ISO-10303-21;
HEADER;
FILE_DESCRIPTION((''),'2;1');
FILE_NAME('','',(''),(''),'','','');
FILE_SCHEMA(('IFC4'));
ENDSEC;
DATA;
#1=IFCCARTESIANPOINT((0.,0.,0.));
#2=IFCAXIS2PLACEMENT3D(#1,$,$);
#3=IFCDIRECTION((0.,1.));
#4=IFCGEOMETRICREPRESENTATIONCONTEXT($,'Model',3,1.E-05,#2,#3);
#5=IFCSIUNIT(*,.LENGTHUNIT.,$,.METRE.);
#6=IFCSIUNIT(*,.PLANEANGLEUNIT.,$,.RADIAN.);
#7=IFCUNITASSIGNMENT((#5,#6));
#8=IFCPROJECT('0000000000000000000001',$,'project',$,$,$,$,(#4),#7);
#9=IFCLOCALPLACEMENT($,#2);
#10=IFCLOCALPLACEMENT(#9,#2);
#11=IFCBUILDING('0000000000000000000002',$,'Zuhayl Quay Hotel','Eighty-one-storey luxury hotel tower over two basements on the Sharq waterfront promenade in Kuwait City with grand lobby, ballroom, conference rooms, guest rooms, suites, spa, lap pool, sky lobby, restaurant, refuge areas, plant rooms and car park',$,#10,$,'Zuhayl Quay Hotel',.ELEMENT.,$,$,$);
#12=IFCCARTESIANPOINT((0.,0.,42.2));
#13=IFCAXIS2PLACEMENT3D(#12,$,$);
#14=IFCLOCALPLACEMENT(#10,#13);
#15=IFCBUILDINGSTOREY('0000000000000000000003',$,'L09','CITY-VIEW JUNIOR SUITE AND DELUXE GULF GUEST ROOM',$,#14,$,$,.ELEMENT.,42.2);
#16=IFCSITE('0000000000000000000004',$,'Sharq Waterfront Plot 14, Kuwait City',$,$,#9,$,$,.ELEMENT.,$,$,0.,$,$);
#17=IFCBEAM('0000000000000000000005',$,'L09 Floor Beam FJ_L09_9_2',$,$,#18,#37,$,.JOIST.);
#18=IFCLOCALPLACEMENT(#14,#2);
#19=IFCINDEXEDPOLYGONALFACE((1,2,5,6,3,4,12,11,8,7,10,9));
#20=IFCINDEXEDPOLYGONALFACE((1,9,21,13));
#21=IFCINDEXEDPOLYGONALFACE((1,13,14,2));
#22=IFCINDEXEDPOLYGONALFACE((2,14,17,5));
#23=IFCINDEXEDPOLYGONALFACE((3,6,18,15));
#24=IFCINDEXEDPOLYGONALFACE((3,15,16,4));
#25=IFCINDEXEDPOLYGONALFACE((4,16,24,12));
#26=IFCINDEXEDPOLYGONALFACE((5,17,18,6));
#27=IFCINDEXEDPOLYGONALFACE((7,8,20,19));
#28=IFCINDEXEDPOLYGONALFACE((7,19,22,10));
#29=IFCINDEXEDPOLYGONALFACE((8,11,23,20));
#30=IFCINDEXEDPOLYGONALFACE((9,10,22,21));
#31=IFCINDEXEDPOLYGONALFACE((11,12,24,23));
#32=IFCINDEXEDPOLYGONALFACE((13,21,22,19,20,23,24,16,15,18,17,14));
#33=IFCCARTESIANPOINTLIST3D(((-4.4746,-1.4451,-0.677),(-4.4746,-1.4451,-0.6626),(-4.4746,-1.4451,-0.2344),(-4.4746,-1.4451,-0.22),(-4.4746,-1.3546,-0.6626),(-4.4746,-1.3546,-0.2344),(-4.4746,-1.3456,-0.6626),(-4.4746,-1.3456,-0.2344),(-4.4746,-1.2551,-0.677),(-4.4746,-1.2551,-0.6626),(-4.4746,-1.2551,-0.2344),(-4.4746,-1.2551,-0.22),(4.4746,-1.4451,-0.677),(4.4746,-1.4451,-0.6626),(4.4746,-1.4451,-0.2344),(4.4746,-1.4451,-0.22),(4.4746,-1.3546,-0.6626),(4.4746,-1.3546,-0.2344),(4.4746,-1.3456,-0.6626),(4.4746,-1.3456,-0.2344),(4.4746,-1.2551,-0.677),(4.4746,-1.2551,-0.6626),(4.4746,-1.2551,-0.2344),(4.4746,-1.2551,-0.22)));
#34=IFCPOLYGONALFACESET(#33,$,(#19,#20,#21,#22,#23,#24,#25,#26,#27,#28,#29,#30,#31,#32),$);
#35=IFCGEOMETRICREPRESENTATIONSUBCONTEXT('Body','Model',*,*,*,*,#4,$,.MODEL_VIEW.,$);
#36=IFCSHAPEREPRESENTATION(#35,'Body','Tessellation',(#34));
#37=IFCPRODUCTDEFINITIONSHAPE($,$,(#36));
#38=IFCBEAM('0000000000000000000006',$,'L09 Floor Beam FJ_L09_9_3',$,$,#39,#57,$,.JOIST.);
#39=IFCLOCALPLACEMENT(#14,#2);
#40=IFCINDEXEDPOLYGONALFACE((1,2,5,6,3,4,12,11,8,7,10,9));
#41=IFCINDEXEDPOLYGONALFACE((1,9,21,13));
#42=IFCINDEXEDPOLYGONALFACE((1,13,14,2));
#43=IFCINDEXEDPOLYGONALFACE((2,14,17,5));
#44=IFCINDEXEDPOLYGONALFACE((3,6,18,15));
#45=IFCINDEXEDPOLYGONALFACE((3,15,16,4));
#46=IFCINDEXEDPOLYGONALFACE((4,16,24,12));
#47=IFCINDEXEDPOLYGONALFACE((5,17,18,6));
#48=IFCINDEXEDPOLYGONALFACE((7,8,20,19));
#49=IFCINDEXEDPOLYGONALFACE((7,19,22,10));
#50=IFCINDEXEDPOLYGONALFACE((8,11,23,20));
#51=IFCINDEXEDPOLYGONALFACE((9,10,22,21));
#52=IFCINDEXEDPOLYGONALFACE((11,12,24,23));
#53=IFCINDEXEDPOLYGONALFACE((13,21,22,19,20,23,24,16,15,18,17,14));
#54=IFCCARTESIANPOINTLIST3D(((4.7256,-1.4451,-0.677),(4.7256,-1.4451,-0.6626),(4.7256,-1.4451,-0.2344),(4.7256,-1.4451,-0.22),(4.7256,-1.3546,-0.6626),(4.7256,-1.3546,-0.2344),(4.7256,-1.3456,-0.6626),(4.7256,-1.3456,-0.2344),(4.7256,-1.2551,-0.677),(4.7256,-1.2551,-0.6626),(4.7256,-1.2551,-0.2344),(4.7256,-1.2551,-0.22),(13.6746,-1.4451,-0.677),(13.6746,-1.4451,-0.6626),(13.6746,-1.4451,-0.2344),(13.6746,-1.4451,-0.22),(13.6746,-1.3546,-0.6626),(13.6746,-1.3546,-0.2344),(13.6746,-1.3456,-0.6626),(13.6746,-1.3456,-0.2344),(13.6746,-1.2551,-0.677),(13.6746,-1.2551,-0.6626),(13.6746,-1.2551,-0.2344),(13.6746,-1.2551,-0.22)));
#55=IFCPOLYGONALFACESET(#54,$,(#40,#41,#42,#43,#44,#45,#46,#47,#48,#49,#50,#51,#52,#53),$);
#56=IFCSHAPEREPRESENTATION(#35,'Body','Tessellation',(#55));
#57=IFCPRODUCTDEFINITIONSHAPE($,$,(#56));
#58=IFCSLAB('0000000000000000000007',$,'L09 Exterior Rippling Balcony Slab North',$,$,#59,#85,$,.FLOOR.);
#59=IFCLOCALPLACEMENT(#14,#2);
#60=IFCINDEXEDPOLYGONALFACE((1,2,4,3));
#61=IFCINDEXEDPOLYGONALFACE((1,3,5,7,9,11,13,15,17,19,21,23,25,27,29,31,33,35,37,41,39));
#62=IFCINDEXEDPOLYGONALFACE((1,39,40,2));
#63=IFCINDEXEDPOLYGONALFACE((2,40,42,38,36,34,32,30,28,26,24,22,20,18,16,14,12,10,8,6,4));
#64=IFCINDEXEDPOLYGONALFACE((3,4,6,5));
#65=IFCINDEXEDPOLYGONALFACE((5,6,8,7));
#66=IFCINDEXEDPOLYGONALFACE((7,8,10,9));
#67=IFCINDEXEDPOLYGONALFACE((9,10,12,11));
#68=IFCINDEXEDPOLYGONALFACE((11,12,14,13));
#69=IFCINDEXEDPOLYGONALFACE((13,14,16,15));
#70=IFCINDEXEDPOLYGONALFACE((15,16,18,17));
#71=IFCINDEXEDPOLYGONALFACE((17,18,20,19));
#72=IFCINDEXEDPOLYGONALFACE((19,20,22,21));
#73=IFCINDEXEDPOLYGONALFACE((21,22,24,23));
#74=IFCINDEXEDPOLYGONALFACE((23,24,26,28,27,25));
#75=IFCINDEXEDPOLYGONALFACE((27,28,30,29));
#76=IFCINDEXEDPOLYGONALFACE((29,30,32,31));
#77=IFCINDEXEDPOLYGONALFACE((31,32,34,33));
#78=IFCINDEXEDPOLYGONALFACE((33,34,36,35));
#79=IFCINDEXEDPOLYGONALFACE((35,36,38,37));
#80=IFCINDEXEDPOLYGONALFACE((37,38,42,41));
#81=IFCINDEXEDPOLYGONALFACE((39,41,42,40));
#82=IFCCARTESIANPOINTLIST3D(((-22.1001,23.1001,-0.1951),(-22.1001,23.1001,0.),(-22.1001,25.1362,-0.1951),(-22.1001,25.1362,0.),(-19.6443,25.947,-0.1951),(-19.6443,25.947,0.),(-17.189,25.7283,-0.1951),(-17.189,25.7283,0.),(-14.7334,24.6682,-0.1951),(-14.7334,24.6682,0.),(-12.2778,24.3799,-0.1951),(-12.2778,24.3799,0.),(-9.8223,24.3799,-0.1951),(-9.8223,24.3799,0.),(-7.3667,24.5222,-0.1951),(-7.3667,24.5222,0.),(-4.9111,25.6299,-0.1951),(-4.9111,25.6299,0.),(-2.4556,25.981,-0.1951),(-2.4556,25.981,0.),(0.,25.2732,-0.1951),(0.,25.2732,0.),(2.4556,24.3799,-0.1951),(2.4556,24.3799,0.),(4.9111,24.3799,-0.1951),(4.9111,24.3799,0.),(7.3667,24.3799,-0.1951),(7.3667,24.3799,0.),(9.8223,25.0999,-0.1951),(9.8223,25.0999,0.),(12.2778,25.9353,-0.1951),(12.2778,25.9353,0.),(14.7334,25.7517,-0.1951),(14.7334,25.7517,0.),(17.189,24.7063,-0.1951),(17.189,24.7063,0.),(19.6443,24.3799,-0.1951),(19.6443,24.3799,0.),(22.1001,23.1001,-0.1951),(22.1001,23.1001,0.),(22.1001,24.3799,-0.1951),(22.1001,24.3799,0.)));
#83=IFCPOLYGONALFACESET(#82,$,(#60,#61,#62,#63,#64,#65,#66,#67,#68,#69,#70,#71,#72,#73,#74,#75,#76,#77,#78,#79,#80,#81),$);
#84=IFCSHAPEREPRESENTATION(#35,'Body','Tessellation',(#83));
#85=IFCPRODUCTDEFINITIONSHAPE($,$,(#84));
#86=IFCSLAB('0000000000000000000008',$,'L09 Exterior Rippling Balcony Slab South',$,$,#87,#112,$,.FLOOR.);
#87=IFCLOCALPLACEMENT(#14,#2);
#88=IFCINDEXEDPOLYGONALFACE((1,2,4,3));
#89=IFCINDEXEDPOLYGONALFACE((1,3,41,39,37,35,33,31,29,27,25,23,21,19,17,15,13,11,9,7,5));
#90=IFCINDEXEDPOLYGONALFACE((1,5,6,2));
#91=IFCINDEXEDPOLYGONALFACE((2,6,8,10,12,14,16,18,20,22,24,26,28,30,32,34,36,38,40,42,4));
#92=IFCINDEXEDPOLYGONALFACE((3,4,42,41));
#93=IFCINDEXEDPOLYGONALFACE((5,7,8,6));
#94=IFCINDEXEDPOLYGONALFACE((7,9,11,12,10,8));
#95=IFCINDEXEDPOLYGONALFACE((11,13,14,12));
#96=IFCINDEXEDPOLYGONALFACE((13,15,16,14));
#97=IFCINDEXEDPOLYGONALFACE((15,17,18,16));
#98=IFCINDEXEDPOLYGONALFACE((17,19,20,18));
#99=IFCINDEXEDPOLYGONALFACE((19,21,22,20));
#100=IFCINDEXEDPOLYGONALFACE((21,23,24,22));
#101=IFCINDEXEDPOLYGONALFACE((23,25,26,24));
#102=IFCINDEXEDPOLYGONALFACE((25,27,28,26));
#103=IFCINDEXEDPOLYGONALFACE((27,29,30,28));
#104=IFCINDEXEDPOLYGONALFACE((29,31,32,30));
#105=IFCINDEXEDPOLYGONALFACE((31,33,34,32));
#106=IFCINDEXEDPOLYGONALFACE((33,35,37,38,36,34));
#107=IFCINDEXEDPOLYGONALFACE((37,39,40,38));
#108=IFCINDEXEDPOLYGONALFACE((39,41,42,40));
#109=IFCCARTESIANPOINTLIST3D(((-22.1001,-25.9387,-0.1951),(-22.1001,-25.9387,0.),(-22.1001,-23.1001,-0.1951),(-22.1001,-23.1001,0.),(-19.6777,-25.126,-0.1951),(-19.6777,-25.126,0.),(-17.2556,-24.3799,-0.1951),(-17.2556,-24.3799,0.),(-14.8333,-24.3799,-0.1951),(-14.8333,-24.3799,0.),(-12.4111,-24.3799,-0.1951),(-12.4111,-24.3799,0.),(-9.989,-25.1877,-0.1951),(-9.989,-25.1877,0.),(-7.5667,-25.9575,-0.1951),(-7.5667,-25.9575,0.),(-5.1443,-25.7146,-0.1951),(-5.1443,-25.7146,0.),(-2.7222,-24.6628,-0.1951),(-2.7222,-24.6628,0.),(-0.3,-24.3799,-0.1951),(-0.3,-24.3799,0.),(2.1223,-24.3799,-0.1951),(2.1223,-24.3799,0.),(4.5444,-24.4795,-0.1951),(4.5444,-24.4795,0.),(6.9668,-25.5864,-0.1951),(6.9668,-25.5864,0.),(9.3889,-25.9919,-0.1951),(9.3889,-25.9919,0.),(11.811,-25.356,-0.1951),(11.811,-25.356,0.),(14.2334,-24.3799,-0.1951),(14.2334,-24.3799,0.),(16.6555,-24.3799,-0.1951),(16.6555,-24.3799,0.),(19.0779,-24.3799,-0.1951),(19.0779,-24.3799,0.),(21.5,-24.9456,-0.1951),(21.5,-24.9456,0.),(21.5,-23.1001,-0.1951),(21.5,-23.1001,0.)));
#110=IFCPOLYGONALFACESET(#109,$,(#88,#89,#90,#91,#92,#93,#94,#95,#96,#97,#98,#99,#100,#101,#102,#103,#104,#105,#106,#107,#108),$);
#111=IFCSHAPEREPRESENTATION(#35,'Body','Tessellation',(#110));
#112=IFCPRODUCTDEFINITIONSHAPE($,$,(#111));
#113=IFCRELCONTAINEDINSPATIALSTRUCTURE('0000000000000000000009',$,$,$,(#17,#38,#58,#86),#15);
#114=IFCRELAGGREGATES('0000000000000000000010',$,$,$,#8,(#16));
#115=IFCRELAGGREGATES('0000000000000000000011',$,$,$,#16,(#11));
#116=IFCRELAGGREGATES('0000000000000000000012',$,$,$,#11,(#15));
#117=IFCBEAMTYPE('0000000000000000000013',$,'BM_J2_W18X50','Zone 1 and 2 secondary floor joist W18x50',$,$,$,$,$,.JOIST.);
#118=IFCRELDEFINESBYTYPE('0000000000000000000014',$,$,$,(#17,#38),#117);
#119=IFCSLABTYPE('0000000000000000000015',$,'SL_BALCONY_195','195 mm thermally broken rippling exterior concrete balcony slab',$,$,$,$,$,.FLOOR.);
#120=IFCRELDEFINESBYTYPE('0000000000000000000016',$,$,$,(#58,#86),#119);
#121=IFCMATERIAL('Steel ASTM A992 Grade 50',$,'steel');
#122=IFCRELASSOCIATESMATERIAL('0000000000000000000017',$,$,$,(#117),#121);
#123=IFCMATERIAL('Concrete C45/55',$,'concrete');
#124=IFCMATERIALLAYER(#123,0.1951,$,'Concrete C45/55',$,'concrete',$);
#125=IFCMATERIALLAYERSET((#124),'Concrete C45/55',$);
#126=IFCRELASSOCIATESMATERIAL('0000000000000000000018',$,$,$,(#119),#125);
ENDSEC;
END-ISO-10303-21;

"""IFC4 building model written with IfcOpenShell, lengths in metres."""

from ifc_helpers import new_model, si_unit, direction, frame, origin, origin_2d, place, context, subcontext, project, spatial, polyline, i_section, outline, extrude, material, layer, layer_set, material_profile, profile_set, type_object, element, save


model = new_model("IFC4")

# Units and contexts
model_context = context("Model", 3, precision=1e-05, world=origin(), true_north=direction((0.0, 1.0)))
body_context = subcontext(model_context, "Body", "Model", "MODEL_VIEW")
ifc_project = project(units=[si_unit("LENGTHUNIT", "METRE"), si_unit("PLANEANGLEUNIT", "RADIAN")], contexts=[model_context])

# Site, building, storey
site_placement = place(None, origin())
site = spatial("IfcSite", under=ifc_project, at=site_placement, Name="Sharq Waterfront Plot 14, Kuwait City", CompositionType="ELEMENT", RefElevation=0.0)
building_placement = place(site_placement, origin())
building = spatial("IfcBuilding", under=site, at=building_placement, Name="Zuhayl Quay Hotel", Description="Eighty-one-storey luxury hotel tower over two basements on the Sharq waterfront promenade in Kuwait City with grand lobby, ballroom, conference rooms, guest rooms, suites, spa, lap pool, sky lobby, restaurant, refuge areas, plant rooms and car park", LongName="Zuhayl Quay Hotel", CompositionType="ELEMENT")
storey_placement = place(building_placement, frame((0.0, 0.0, 42.2)))
storey = spatial("IfcBuildingStorey", under=building, at=storey_placement, Name="L09", Description="CITY-VIEW JUNIOR SUITE AND DELUXE GULF GUEST ROOM", CompositionType="ELEMENT", Elevation=42.2)

# Beams
ifc_material_1 = material(Name="Steel ASTM A992 Grade 50", Category="steel")
ifc_material_profile = material_profile(ifc_material_1, i_section(OverallWidth=0.1899, OverallDepth=0.457, WebThickness=0.009, FlangeThickness=0.0144, at=origin_2d()), Name="W18X50")
ifc_profile_set = profile_set([ifc_material_profile], Name="Steel ASTM A992 Grade 50")
beam_type = type_object("IfcBeamType", Name="BM_J2_W18X50", Description="Zone 1 and 2 secondary floor joist W18x50", PredefinedType="JOIST", material=ifc_profile_set)
beam_1_placement = place(storey_placement, frame((-4.4746, -1.3501, -0.4485), z_axis=(1.0, 0.0, 0.0), x_axis=(0.0, 1.0, 0.0)))
element("IfcBeam", 1, at=beam_1_placement, inside=storey, type_object=beam_type, Name="L09 Floor Beam FJ_L09_9_2", PredefinedType="JOIST", context=body_context, shape_type="SweptSolid", body=[
    extrude(i_section(OverallWidth=0.1899, OverallDepth=0.457, WebThickness=0.009, FlangeThickness=0.0144, at=origin_2d()), origin(), (0.0, 0.0, 1.0), 8.9492),
])
beam_2_placement = place(storey_placement, frame((4.7256, -1.3501, -0.4485), z_axis=(1.0, 0.0, 0.0), x_axis=(0.0, 1.0, 0.0)))
element("IfcBeam", 2, at=beam_2_placement, inside=storey, type_object=beam_type, Name="L09 Floor Beam FJ_L09_9_3", PredefinedType="JOIST", context=body_context, shape_type="SweptSolid", body=[
    extrude(i_section(OverallWidth=0.1899, OverallDepth=0.457, WebThickness=0.009, FlangeThickness=0.0144, at=origin_2d()), origin(), (0.0, 0.0, 1.0), 8.949),
])

# Slabs
ifc_material_2 = material(Name="Concrete C45/55", Category="concrete")
ifc_layer_1 = layer(ifc_material_2, 0.1951, Name="Concrete C45/55", Category="concrete")
ifc_layer_set_1 = layer_set([ifc_layer_1], Name="Concrete C45/55")
slab_type_1 = type_object("IfcSlabType", Name="SL_BALCONY_195", Description="195 mm thermally broken rippling exterior concrete balcony slab", PredefinedType="FLOOR", material=ifc_layer_set_1)
slab_1_placement = place(storey_placement, frame((0.0, 0.0, -0.1951)))
element("IfcSlab", 3, at=slab_1_placement, inside=storey, type_object=slab_type_1, Name="L09 Exterior Rippling Balcony Slab North", PredefinedType="FLOOR", context=body_context, shape_type="SweptSolid", body=[
    extrude(outline(polyline([(-22.1001, 23.1001), (22.1001, 23.1001), (22.1001, 24.3799), (19.6443, 24.3799), (17.189, 24.7063), (14.7334, 25.7517), (12.2778, 25.9353), (9.8223, 25.0999), (7.3667, 24.3799), (4.9111, 24.3799), (2.4556, 24.3799), (0.0, 25.2732), (-2.4556, 25.981), (-4.9111, 25.6299), (-7.3667, 24.5222), (-9.8223, 24.3799), (-12.2778, 24.3799), (-14.7334, 24.6682), (-17.189, 25.7283), (-19.6443, 25.947), (-22.1001, 25.1362), (-22.1001, 23.1001)])), origin(), (0.0, 0.0, 1.0), 0.1951),
])
slab_2_placement = place(storey_placement, frame((0.0, 0.0, -0.1951)))
element("IfcSlab", 4, at=slab_2_placement, inside=storey, type_object=slab_type_1, Name="L09 Exterior Rippling Balcony Slab South", PredefinedType="FLOOR", context=body_context, shape_type="SweptSolid", body=[
    extrude(outline(polyline([(-22.1001, -25.9387), (-19.6777, -25.126), (-17.2556, -24.3799), (-14.8333, -24.3799), (-12.4111, -24.3799), (-9.989, -25.1877), (-7.5667, -25.9575), (-5.1443, -25.7146), (-2.7222, -24.6628), (-0.3, -24.3799), (2.1223, -24.3799), (4.5444, -24.4795), (6.9668, -25.5864), (9.3889, -25.9919), (11.811, -25.356), (14.2334, -24.3799), (16.6555, -24.3799), (19.0779, -24.3799), (21.5, -24.9456), (21.5, -23.1001), (-22.1001, -23.1001), (-22.1001, -25.9387)])), origin(), (0.0, 0.0, 1.0), 0.1951),
])

save(model, "model.ifc")
